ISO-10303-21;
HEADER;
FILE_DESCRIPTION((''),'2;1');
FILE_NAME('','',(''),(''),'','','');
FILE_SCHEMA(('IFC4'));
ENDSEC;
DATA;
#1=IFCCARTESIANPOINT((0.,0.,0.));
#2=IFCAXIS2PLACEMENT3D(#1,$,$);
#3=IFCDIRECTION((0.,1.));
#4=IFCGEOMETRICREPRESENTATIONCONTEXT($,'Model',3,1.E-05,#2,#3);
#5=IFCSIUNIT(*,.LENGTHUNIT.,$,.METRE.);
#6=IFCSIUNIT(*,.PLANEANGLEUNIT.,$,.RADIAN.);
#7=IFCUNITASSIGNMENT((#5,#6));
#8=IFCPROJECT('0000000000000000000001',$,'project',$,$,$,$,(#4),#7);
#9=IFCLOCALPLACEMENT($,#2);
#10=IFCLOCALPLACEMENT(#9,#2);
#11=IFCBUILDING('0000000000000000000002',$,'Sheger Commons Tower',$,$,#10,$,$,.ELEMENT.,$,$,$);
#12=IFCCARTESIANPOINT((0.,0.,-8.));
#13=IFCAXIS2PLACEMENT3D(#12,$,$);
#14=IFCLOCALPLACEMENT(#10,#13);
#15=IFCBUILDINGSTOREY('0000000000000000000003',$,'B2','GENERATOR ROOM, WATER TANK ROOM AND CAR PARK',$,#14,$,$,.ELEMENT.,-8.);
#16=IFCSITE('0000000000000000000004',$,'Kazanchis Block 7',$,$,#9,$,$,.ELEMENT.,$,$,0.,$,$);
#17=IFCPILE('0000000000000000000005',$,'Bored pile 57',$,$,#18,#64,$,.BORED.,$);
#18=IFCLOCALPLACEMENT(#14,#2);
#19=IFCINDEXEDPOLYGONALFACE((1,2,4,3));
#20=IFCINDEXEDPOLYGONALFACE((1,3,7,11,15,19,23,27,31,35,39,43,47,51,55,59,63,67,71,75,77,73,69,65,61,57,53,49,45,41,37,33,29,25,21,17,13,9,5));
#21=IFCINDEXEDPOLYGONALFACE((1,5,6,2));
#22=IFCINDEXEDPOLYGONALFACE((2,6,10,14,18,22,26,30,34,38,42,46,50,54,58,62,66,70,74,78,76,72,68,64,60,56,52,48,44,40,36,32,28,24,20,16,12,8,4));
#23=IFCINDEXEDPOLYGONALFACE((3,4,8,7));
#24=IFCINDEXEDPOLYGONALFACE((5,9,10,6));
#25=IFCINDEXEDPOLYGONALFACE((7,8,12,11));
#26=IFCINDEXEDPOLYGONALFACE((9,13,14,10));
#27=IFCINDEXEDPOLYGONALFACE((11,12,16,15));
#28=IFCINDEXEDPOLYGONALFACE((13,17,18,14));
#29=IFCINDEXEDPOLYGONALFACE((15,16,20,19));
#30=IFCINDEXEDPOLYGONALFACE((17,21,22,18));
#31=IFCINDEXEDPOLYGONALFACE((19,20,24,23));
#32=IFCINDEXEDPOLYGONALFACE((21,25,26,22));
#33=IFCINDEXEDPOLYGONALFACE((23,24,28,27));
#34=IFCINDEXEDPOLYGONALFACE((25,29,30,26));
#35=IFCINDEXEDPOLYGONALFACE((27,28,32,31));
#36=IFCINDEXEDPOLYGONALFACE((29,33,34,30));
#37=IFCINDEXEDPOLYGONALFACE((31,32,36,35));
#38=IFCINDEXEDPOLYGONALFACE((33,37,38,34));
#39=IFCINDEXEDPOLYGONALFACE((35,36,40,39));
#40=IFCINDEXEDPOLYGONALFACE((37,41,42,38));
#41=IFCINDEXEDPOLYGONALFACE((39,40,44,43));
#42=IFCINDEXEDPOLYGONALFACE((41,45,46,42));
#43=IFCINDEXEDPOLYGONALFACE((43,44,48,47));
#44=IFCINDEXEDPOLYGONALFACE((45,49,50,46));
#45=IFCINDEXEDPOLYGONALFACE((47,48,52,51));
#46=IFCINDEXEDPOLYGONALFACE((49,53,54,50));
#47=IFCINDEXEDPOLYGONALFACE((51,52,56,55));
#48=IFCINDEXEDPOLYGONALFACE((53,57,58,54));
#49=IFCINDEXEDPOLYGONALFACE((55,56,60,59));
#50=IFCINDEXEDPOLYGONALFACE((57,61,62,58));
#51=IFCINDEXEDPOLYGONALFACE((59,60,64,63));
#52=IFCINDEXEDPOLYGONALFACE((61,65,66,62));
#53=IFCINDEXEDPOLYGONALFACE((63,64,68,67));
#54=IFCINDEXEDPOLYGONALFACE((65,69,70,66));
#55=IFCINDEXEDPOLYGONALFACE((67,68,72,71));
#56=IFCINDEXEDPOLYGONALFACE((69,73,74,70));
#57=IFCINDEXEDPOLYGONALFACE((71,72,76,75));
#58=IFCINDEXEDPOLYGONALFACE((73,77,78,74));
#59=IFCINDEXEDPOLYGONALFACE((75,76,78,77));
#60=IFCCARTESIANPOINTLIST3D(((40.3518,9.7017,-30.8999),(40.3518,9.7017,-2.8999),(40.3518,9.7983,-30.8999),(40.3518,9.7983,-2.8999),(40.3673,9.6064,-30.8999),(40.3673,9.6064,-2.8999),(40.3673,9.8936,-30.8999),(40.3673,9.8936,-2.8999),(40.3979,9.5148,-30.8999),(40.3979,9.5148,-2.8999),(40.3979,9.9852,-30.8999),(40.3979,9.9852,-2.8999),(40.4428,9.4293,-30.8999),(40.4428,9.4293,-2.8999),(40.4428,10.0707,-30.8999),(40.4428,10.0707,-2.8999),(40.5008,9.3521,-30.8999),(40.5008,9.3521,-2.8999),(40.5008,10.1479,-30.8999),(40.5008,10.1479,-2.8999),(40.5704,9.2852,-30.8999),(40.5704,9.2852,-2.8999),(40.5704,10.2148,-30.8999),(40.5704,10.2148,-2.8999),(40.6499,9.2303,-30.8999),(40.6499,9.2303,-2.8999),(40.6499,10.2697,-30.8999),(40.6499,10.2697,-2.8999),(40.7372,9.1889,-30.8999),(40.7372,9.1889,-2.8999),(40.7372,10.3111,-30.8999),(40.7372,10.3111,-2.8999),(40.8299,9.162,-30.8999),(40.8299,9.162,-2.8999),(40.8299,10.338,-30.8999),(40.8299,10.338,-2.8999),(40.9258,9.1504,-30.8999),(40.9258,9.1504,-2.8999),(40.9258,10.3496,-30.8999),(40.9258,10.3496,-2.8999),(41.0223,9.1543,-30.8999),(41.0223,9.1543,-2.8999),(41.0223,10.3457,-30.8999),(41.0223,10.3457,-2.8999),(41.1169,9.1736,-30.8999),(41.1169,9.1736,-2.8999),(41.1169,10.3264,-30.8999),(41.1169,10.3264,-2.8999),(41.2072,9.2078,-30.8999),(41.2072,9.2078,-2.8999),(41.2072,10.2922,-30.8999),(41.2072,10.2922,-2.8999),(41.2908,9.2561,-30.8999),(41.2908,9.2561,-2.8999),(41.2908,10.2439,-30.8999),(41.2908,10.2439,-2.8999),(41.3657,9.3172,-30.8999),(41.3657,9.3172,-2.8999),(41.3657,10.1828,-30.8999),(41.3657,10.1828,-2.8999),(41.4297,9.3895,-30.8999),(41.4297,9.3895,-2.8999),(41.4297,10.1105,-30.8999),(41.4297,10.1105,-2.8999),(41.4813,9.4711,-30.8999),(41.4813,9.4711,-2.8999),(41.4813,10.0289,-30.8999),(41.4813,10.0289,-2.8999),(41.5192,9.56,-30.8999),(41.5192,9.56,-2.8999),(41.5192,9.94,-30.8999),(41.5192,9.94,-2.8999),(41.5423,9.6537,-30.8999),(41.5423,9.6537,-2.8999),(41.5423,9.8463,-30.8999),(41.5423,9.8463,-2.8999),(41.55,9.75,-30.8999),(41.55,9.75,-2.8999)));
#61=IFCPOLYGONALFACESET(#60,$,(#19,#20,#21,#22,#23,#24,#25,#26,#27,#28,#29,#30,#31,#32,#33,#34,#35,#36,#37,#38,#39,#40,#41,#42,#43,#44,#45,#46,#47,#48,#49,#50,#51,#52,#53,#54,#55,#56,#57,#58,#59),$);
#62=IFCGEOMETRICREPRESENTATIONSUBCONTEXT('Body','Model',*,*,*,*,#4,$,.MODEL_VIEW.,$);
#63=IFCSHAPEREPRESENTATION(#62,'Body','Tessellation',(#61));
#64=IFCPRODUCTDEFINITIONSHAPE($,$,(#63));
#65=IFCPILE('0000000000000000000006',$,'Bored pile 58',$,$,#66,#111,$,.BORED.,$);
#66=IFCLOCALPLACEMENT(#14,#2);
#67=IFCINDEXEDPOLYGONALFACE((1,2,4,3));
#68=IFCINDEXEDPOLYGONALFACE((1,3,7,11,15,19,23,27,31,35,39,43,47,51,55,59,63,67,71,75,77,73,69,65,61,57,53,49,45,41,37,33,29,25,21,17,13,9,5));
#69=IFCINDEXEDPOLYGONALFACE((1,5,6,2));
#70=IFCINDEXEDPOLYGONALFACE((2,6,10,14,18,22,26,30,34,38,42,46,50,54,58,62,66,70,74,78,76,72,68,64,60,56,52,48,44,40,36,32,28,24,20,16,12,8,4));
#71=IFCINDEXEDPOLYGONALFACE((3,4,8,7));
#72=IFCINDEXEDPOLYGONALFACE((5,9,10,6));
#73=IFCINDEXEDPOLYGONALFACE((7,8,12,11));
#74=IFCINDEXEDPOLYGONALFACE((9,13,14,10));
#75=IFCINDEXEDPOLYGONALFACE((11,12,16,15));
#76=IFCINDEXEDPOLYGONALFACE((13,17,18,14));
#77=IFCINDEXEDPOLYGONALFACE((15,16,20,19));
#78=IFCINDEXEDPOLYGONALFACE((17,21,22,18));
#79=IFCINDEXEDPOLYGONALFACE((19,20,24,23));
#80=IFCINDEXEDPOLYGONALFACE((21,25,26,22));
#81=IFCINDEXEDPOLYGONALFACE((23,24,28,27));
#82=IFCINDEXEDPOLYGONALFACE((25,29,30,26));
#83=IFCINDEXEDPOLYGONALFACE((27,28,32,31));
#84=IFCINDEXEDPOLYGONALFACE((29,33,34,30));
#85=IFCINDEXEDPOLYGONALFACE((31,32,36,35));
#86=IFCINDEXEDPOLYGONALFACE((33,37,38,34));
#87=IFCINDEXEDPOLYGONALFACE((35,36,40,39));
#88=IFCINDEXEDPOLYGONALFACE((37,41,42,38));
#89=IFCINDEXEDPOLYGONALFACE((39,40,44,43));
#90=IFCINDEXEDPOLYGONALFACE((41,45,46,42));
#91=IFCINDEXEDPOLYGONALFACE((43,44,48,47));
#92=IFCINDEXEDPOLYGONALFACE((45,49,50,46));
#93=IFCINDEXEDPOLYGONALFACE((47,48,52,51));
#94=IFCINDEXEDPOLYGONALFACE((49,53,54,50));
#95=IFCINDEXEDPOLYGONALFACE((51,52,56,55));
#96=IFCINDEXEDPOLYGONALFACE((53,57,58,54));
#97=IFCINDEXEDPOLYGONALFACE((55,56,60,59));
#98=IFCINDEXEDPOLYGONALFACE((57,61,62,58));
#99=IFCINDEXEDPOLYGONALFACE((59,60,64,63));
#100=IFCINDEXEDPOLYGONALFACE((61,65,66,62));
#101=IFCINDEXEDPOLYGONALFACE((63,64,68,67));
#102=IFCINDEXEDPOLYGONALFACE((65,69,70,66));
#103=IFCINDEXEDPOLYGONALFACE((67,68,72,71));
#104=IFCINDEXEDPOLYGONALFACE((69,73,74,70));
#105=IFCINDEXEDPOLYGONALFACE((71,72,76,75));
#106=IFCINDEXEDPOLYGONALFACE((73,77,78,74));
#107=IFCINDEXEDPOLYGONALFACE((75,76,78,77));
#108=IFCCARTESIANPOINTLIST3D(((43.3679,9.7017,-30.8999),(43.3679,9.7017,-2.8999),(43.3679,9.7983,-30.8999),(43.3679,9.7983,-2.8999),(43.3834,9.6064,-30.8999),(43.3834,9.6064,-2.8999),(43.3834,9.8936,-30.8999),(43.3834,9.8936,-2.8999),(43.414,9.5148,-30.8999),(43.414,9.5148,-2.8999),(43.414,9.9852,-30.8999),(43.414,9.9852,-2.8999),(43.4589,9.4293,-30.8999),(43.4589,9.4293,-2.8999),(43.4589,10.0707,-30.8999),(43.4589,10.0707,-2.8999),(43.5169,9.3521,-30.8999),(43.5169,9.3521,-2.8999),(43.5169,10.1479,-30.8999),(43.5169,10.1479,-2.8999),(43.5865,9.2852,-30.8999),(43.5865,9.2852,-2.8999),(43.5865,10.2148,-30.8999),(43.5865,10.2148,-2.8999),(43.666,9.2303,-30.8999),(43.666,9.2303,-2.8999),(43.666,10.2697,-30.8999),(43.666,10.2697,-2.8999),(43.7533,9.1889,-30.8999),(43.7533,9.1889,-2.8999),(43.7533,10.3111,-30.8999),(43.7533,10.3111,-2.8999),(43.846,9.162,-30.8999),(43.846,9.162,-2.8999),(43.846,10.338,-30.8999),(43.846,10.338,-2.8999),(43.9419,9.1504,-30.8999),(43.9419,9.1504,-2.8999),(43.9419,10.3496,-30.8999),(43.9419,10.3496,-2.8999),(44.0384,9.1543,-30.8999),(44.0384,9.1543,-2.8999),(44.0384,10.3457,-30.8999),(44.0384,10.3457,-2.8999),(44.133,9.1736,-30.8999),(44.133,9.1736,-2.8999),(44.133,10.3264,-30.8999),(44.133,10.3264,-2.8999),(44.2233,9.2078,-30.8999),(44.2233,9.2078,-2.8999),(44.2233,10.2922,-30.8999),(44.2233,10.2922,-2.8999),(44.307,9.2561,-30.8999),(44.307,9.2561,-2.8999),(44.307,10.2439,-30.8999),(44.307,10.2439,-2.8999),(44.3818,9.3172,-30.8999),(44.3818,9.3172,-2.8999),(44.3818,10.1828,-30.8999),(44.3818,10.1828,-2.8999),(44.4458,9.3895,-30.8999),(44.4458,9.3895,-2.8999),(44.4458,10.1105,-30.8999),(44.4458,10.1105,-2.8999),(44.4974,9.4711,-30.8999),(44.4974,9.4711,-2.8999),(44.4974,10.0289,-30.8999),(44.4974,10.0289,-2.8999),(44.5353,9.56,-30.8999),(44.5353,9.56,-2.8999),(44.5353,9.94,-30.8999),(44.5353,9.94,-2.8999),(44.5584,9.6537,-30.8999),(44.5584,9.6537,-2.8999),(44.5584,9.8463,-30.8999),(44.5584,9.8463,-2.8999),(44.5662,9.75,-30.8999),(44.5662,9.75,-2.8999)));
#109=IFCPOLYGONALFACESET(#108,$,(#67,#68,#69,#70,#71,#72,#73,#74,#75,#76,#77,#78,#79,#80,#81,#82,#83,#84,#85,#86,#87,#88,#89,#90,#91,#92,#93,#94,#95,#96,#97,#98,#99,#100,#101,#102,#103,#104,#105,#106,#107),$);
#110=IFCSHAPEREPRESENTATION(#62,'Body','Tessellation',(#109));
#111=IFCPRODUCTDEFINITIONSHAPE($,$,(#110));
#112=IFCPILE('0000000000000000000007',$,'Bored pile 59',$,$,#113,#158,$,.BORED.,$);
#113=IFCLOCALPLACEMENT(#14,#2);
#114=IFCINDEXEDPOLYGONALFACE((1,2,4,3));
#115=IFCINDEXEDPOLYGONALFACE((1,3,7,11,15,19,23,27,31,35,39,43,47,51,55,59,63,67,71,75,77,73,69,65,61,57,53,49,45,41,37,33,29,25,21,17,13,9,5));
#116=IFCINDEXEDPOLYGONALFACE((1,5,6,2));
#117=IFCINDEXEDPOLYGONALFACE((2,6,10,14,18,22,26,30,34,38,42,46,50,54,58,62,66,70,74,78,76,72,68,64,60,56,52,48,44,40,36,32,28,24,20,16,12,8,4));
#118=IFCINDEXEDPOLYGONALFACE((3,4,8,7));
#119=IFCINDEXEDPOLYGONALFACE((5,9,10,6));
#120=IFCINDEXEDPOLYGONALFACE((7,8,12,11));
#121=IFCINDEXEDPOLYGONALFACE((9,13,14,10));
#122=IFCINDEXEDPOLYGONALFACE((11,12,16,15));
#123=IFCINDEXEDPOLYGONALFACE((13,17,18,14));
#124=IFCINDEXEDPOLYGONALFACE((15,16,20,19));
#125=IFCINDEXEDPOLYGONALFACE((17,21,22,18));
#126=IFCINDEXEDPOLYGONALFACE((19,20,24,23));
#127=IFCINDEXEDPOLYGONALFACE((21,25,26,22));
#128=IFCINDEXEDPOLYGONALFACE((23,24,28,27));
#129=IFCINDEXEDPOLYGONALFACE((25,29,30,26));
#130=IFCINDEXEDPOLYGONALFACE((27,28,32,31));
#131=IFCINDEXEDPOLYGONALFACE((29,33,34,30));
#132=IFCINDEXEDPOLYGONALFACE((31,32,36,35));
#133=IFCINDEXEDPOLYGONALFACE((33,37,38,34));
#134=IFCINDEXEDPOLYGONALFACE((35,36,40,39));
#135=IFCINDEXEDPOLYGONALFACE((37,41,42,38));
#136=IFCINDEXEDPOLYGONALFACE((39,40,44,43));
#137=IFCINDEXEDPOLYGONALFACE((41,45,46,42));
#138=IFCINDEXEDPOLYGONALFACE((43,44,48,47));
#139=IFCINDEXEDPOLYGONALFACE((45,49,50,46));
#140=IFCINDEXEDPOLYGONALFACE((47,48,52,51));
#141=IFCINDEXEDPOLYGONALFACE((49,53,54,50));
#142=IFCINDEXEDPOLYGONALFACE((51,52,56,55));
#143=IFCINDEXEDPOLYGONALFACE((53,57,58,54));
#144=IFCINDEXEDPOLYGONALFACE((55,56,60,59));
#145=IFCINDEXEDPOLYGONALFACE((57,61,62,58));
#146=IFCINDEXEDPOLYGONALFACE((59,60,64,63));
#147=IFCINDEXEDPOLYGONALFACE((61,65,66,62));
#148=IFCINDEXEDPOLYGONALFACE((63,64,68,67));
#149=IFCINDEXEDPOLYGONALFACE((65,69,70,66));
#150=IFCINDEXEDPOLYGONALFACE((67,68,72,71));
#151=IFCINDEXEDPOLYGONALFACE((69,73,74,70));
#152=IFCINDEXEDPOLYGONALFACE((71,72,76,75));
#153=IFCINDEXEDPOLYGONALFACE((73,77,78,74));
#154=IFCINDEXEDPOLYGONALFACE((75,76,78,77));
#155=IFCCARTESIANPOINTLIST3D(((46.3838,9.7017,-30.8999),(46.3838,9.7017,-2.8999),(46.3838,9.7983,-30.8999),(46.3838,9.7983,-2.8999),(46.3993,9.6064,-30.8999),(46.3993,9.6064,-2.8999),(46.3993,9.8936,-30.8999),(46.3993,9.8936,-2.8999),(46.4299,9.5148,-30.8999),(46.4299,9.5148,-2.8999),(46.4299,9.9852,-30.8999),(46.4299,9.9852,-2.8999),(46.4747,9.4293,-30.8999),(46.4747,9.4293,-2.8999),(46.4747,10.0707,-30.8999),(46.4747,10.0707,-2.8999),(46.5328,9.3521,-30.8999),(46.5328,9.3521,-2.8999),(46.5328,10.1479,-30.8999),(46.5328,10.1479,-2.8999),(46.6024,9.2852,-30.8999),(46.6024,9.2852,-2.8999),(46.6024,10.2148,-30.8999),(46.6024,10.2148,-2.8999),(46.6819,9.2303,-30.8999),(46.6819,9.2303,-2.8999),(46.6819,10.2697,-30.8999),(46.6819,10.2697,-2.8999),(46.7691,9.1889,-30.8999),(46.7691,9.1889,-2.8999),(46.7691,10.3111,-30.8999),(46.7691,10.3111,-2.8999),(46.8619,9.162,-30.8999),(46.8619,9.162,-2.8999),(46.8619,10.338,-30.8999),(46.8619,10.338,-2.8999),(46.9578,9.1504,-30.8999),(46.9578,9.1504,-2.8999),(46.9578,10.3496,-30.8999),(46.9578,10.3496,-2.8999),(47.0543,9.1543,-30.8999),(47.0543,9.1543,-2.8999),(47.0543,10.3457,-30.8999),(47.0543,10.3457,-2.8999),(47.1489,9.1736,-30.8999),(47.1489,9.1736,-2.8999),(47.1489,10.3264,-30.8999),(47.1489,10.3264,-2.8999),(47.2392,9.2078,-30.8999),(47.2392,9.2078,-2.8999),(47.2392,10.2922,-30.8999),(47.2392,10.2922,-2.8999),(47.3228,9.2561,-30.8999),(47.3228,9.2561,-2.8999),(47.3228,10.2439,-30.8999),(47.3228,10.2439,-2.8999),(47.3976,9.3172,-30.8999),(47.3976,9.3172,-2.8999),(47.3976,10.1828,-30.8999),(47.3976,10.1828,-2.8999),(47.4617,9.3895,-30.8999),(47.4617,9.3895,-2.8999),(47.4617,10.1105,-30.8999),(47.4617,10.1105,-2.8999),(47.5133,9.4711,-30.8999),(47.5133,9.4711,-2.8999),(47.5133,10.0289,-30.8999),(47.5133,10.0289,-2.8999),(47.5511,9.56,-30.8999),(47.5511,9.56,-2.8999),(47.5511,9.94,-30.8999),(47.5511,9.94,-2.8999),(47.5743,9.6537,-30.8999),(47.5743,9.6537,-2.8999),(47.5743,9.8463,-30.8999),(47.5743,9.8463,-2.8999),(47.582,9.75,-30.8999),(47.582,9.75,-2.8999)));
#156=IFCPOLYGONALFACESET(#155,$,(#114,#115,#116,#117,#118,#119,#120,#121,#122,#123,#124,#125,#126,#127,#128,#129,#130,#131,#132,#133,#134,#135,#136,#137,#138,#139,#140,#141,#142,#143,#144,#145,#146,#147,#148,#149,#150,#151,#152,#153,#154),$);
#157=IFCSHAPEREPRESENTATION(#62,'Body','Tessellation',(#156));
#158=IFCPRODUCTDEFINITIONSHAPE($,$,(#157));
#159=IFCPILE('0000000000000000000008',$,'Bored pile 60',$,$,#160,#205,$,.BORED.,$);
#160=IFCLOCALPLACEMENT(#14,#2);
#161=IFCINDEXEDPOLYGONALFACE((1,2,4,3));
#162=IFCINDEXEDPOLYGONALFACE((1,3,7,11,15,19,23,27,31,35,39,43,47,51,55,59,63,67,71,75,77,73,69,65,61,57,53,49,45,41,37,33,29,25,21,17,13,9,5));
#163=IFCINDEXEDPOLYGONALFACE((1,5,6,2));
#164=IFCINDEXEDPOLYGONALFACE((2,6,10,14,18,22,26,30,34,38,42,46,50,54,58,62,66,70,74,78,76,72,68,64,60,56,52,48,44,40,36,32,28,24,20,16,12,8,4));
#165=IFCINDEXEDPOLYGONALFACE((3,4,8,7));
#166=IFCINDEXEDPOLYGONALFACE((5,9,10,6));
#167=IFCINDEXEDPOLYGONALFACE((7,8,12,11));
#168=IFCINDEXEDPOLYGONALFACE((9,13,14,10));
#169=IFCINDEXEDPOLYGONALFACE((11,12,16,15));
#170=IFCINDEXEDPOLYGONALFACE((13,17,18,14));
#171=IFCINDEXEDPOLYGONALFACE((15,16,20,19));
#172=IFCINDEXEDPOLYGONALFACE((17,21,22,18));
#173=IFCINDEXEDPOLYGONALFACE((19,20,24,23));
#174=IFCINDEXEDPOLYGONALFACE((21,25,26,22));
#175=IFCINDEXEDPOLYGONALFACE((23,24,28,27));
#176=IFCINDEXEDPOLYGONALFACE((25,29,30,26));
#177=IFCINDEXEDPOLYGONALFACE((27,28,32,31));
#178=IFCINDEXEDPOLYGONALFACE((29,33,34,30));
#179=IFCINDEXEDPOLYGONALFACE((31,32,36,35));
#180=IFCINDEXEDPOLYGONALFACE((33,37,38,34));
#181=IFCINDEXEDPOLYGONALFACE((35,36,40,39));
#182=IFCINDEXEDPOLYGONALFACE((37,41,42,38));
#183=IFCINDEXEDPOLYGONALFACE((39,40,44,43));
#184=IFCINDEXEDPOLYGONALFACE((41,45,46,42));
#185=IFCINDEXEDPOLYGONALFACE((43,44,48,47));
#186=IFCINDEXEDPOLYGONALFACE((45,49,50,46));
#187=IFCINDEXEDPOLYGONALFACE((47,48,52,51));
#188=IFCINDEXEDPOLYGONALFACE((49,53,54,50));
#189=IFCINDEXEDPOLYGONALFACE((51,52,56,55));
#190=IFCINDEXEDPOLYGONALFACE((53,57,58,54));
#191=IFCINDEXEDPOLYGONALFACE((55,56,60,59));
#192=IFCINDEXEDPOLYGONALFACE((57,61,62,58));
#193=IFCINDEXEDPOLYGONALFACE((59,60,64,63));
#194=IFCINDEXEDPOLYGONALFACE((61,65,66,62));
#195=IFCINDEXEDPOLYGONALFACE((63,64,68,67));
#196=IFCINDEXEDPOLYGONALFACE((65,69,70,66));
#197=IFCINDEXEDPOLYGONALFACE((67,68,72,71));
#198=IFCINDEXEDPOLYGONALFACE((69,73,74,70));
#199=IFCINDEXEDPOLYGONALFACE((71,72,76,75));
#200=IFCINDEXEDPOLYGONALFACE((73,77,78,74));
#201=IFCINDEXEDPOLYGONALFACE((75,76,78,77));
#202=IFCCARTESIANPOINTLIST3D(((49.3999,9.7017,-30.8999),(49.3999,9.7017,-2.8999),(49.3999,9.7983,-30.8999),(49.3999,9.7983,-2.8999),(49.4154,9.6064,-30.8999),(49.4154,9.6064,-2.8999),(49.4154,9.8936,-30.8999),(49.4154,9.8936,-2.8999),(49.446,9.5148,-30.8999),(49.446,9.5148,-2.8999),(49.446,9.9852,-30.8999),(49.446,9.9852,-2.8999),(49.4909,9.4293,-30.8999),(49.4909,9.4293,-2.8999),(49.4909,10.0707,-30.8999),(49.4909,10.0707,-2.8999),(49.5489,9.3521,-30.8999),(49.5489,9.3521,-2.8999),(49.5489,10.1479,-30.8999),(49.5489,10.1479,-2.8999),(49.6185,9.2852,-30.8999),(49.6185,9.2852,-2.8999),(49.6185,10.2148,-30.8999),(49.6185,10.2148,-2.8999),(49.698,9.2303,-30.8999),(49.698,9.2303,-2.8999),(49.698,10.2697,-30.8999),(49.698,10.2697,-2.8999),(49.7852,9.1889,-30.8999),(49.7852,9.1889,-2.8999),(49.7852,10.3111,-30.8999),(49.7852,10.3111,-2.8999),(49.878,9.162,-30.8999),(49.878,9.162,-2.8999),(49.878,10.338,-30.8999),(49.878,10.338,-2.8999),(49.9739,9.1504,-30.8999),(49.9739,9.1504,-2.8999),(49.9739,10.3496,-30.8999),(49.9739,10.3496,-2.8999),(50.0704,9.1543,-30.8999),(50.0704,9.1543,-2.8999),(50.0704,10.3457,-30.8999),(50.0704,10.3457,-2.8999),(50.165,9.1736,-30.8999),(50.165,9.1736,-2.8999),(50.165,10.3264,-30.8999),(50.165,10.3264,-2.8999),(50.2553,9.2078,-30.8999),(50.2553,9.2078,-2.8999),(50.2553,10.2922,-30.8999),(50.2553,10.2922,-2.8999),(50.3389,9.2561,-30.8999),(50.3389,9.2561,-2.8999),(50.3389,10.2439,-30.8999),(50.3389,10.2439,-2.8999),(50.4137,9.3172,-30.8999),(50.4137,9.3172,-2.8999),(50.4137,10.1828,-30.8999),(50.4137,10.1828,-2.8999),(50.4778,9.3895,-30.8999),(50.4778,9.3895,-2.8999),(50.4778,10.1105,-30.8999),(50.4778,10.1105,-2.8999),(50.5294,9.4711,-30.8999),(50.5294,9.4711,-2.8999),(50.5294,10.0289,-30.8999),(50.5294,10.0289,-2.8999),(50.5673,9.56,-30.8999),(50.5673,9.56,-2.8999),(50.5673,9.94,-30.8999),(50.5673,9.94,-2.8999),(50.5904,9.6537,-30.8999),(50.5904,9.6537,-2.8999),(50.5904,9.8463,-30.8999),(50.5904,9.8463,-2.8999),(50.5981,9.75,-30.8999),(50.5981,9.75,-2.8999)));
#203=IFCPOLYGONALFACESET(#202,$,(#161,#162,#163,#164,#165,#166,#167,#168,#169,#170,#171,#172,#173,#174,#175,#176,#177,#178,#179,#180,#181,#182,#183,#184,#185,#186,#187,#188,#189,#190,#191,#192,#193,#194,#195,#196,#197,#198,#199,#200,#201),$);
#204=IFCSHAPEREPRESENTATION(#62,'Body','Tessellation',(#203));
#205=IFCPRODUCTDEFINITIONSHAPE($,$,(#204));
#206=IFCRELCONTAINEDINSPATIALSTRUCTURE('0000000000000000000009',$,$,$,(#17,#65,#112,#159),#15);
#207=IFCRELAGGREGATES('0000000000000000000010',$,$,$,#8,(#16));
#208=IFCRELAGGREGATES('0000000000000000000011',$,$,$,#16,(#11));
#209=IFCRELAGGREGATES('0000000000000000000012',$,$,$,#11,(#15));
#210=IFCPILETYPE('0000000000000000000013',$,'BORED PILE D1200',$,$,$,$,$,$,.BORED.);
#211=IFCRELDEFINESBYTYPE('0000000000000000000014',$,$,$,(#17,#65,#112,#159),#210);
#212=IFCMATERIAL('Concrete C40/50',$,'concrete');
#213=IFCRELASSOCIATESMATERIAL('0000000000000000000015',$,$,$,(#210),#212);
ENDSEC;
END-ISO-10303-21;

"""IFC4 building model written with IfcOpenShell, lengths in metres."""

from ifc_helpers import new_model, si_unit, direction, frame, origin, origin_2d, place, context, subcontext, project, spatial, circle, extrude, material, material_profile, profile_set, type_object, element, save


model = new_model("IFC4")

# Units and contexts
model_context = context("Model", 3, precision=1e-05, world=origin(), true_north=direction((0.0, 1.0)))
body_context = subcontext(model_context, "Body", "Model", "MODEL_VIEW")
ifc_project = project(units=[si_unit("LENGTHUNIT", "METRE"), si_unit("PLANEANGLEUNIT", "RADIAN")], contexts=[model_context])

# Site, building, storey
site_placement = place(None, origin())
site = spatial("IfcSite", under=ifc_project, at=site_placement, Name="Kazanchis Block 7", CompositionType="ELEMENT", RefElevation=0.0)
building_placement = place(site_placement, origin())
building = spatial("IfcBuilding", under=site, at=building_placement, Name="Sheger Commons Tower", CompositionType="ELEMENT")
storey_placement = place(building_placement, frame((0.0, 0.0, -8.0)))
storey = spatial("IfcBuildingStorey", under=building, at=storey_placement, Name="B2", Description="GENERATOR ROOM, WATER TANK ROOM AND CAR PARK", CompositionType="ELEMENT", Elevation=-8.0)

# Piles
ifc_material_1 = material(Name="Concrete C40/50", Category="concrete")
ifc_material_profile_1 = material_profile(ifc_material_1, circle(Radius=0.6001, at=origin_2d()), Name="PILE D1200")
ifc_profile_set_1 = profile_set([ifc_material_profile_1], Name="Concrete C40/50")
pile_type = type_object("IfcPileType", Name="BORED PILE D1200", PredefinedType="BORED", material=ifc_profile_set_1)
for number, where, z_axis, x_axis, name in (
    (1, (40.95, 9.75, -2.8999), (0.0, 0.0, -1.0), (1.0, 0.0, 0.0), "Bored pile 57"),
    (2, (43.9661, 9.75, -2.8999), (0.0, 0.0, -1.0), (1.0, 0.0, 0.0), "Bored pile 58"),
    (3, (46.9819, 9.75, -2.8999), (0.0, 0.0, -1.0), (1.0, 0.0, 0.0), "Bored pile 59"),
    (4, (49.998, 9.75, -2.8999), (0.0, 0.0, -1.0), (1.0, 0.0, 0.0), "Bored pile 60"),
):
    element("IfcPile", number, at=place(storey_placement, frame(where, z_axis=z_axis, x_axis=x_axis)), inside=storey, type_object=pile_type, Name=name, PredefinedType="BORED", context=body_context, shape_type="SweptSolid", body=[
        extrude(circle(Radius=0.6001, at=origin_2d()), origin(), (0.0, 0.0, 1.0), 28.0),
    ])

save(model, "model.ifc")
